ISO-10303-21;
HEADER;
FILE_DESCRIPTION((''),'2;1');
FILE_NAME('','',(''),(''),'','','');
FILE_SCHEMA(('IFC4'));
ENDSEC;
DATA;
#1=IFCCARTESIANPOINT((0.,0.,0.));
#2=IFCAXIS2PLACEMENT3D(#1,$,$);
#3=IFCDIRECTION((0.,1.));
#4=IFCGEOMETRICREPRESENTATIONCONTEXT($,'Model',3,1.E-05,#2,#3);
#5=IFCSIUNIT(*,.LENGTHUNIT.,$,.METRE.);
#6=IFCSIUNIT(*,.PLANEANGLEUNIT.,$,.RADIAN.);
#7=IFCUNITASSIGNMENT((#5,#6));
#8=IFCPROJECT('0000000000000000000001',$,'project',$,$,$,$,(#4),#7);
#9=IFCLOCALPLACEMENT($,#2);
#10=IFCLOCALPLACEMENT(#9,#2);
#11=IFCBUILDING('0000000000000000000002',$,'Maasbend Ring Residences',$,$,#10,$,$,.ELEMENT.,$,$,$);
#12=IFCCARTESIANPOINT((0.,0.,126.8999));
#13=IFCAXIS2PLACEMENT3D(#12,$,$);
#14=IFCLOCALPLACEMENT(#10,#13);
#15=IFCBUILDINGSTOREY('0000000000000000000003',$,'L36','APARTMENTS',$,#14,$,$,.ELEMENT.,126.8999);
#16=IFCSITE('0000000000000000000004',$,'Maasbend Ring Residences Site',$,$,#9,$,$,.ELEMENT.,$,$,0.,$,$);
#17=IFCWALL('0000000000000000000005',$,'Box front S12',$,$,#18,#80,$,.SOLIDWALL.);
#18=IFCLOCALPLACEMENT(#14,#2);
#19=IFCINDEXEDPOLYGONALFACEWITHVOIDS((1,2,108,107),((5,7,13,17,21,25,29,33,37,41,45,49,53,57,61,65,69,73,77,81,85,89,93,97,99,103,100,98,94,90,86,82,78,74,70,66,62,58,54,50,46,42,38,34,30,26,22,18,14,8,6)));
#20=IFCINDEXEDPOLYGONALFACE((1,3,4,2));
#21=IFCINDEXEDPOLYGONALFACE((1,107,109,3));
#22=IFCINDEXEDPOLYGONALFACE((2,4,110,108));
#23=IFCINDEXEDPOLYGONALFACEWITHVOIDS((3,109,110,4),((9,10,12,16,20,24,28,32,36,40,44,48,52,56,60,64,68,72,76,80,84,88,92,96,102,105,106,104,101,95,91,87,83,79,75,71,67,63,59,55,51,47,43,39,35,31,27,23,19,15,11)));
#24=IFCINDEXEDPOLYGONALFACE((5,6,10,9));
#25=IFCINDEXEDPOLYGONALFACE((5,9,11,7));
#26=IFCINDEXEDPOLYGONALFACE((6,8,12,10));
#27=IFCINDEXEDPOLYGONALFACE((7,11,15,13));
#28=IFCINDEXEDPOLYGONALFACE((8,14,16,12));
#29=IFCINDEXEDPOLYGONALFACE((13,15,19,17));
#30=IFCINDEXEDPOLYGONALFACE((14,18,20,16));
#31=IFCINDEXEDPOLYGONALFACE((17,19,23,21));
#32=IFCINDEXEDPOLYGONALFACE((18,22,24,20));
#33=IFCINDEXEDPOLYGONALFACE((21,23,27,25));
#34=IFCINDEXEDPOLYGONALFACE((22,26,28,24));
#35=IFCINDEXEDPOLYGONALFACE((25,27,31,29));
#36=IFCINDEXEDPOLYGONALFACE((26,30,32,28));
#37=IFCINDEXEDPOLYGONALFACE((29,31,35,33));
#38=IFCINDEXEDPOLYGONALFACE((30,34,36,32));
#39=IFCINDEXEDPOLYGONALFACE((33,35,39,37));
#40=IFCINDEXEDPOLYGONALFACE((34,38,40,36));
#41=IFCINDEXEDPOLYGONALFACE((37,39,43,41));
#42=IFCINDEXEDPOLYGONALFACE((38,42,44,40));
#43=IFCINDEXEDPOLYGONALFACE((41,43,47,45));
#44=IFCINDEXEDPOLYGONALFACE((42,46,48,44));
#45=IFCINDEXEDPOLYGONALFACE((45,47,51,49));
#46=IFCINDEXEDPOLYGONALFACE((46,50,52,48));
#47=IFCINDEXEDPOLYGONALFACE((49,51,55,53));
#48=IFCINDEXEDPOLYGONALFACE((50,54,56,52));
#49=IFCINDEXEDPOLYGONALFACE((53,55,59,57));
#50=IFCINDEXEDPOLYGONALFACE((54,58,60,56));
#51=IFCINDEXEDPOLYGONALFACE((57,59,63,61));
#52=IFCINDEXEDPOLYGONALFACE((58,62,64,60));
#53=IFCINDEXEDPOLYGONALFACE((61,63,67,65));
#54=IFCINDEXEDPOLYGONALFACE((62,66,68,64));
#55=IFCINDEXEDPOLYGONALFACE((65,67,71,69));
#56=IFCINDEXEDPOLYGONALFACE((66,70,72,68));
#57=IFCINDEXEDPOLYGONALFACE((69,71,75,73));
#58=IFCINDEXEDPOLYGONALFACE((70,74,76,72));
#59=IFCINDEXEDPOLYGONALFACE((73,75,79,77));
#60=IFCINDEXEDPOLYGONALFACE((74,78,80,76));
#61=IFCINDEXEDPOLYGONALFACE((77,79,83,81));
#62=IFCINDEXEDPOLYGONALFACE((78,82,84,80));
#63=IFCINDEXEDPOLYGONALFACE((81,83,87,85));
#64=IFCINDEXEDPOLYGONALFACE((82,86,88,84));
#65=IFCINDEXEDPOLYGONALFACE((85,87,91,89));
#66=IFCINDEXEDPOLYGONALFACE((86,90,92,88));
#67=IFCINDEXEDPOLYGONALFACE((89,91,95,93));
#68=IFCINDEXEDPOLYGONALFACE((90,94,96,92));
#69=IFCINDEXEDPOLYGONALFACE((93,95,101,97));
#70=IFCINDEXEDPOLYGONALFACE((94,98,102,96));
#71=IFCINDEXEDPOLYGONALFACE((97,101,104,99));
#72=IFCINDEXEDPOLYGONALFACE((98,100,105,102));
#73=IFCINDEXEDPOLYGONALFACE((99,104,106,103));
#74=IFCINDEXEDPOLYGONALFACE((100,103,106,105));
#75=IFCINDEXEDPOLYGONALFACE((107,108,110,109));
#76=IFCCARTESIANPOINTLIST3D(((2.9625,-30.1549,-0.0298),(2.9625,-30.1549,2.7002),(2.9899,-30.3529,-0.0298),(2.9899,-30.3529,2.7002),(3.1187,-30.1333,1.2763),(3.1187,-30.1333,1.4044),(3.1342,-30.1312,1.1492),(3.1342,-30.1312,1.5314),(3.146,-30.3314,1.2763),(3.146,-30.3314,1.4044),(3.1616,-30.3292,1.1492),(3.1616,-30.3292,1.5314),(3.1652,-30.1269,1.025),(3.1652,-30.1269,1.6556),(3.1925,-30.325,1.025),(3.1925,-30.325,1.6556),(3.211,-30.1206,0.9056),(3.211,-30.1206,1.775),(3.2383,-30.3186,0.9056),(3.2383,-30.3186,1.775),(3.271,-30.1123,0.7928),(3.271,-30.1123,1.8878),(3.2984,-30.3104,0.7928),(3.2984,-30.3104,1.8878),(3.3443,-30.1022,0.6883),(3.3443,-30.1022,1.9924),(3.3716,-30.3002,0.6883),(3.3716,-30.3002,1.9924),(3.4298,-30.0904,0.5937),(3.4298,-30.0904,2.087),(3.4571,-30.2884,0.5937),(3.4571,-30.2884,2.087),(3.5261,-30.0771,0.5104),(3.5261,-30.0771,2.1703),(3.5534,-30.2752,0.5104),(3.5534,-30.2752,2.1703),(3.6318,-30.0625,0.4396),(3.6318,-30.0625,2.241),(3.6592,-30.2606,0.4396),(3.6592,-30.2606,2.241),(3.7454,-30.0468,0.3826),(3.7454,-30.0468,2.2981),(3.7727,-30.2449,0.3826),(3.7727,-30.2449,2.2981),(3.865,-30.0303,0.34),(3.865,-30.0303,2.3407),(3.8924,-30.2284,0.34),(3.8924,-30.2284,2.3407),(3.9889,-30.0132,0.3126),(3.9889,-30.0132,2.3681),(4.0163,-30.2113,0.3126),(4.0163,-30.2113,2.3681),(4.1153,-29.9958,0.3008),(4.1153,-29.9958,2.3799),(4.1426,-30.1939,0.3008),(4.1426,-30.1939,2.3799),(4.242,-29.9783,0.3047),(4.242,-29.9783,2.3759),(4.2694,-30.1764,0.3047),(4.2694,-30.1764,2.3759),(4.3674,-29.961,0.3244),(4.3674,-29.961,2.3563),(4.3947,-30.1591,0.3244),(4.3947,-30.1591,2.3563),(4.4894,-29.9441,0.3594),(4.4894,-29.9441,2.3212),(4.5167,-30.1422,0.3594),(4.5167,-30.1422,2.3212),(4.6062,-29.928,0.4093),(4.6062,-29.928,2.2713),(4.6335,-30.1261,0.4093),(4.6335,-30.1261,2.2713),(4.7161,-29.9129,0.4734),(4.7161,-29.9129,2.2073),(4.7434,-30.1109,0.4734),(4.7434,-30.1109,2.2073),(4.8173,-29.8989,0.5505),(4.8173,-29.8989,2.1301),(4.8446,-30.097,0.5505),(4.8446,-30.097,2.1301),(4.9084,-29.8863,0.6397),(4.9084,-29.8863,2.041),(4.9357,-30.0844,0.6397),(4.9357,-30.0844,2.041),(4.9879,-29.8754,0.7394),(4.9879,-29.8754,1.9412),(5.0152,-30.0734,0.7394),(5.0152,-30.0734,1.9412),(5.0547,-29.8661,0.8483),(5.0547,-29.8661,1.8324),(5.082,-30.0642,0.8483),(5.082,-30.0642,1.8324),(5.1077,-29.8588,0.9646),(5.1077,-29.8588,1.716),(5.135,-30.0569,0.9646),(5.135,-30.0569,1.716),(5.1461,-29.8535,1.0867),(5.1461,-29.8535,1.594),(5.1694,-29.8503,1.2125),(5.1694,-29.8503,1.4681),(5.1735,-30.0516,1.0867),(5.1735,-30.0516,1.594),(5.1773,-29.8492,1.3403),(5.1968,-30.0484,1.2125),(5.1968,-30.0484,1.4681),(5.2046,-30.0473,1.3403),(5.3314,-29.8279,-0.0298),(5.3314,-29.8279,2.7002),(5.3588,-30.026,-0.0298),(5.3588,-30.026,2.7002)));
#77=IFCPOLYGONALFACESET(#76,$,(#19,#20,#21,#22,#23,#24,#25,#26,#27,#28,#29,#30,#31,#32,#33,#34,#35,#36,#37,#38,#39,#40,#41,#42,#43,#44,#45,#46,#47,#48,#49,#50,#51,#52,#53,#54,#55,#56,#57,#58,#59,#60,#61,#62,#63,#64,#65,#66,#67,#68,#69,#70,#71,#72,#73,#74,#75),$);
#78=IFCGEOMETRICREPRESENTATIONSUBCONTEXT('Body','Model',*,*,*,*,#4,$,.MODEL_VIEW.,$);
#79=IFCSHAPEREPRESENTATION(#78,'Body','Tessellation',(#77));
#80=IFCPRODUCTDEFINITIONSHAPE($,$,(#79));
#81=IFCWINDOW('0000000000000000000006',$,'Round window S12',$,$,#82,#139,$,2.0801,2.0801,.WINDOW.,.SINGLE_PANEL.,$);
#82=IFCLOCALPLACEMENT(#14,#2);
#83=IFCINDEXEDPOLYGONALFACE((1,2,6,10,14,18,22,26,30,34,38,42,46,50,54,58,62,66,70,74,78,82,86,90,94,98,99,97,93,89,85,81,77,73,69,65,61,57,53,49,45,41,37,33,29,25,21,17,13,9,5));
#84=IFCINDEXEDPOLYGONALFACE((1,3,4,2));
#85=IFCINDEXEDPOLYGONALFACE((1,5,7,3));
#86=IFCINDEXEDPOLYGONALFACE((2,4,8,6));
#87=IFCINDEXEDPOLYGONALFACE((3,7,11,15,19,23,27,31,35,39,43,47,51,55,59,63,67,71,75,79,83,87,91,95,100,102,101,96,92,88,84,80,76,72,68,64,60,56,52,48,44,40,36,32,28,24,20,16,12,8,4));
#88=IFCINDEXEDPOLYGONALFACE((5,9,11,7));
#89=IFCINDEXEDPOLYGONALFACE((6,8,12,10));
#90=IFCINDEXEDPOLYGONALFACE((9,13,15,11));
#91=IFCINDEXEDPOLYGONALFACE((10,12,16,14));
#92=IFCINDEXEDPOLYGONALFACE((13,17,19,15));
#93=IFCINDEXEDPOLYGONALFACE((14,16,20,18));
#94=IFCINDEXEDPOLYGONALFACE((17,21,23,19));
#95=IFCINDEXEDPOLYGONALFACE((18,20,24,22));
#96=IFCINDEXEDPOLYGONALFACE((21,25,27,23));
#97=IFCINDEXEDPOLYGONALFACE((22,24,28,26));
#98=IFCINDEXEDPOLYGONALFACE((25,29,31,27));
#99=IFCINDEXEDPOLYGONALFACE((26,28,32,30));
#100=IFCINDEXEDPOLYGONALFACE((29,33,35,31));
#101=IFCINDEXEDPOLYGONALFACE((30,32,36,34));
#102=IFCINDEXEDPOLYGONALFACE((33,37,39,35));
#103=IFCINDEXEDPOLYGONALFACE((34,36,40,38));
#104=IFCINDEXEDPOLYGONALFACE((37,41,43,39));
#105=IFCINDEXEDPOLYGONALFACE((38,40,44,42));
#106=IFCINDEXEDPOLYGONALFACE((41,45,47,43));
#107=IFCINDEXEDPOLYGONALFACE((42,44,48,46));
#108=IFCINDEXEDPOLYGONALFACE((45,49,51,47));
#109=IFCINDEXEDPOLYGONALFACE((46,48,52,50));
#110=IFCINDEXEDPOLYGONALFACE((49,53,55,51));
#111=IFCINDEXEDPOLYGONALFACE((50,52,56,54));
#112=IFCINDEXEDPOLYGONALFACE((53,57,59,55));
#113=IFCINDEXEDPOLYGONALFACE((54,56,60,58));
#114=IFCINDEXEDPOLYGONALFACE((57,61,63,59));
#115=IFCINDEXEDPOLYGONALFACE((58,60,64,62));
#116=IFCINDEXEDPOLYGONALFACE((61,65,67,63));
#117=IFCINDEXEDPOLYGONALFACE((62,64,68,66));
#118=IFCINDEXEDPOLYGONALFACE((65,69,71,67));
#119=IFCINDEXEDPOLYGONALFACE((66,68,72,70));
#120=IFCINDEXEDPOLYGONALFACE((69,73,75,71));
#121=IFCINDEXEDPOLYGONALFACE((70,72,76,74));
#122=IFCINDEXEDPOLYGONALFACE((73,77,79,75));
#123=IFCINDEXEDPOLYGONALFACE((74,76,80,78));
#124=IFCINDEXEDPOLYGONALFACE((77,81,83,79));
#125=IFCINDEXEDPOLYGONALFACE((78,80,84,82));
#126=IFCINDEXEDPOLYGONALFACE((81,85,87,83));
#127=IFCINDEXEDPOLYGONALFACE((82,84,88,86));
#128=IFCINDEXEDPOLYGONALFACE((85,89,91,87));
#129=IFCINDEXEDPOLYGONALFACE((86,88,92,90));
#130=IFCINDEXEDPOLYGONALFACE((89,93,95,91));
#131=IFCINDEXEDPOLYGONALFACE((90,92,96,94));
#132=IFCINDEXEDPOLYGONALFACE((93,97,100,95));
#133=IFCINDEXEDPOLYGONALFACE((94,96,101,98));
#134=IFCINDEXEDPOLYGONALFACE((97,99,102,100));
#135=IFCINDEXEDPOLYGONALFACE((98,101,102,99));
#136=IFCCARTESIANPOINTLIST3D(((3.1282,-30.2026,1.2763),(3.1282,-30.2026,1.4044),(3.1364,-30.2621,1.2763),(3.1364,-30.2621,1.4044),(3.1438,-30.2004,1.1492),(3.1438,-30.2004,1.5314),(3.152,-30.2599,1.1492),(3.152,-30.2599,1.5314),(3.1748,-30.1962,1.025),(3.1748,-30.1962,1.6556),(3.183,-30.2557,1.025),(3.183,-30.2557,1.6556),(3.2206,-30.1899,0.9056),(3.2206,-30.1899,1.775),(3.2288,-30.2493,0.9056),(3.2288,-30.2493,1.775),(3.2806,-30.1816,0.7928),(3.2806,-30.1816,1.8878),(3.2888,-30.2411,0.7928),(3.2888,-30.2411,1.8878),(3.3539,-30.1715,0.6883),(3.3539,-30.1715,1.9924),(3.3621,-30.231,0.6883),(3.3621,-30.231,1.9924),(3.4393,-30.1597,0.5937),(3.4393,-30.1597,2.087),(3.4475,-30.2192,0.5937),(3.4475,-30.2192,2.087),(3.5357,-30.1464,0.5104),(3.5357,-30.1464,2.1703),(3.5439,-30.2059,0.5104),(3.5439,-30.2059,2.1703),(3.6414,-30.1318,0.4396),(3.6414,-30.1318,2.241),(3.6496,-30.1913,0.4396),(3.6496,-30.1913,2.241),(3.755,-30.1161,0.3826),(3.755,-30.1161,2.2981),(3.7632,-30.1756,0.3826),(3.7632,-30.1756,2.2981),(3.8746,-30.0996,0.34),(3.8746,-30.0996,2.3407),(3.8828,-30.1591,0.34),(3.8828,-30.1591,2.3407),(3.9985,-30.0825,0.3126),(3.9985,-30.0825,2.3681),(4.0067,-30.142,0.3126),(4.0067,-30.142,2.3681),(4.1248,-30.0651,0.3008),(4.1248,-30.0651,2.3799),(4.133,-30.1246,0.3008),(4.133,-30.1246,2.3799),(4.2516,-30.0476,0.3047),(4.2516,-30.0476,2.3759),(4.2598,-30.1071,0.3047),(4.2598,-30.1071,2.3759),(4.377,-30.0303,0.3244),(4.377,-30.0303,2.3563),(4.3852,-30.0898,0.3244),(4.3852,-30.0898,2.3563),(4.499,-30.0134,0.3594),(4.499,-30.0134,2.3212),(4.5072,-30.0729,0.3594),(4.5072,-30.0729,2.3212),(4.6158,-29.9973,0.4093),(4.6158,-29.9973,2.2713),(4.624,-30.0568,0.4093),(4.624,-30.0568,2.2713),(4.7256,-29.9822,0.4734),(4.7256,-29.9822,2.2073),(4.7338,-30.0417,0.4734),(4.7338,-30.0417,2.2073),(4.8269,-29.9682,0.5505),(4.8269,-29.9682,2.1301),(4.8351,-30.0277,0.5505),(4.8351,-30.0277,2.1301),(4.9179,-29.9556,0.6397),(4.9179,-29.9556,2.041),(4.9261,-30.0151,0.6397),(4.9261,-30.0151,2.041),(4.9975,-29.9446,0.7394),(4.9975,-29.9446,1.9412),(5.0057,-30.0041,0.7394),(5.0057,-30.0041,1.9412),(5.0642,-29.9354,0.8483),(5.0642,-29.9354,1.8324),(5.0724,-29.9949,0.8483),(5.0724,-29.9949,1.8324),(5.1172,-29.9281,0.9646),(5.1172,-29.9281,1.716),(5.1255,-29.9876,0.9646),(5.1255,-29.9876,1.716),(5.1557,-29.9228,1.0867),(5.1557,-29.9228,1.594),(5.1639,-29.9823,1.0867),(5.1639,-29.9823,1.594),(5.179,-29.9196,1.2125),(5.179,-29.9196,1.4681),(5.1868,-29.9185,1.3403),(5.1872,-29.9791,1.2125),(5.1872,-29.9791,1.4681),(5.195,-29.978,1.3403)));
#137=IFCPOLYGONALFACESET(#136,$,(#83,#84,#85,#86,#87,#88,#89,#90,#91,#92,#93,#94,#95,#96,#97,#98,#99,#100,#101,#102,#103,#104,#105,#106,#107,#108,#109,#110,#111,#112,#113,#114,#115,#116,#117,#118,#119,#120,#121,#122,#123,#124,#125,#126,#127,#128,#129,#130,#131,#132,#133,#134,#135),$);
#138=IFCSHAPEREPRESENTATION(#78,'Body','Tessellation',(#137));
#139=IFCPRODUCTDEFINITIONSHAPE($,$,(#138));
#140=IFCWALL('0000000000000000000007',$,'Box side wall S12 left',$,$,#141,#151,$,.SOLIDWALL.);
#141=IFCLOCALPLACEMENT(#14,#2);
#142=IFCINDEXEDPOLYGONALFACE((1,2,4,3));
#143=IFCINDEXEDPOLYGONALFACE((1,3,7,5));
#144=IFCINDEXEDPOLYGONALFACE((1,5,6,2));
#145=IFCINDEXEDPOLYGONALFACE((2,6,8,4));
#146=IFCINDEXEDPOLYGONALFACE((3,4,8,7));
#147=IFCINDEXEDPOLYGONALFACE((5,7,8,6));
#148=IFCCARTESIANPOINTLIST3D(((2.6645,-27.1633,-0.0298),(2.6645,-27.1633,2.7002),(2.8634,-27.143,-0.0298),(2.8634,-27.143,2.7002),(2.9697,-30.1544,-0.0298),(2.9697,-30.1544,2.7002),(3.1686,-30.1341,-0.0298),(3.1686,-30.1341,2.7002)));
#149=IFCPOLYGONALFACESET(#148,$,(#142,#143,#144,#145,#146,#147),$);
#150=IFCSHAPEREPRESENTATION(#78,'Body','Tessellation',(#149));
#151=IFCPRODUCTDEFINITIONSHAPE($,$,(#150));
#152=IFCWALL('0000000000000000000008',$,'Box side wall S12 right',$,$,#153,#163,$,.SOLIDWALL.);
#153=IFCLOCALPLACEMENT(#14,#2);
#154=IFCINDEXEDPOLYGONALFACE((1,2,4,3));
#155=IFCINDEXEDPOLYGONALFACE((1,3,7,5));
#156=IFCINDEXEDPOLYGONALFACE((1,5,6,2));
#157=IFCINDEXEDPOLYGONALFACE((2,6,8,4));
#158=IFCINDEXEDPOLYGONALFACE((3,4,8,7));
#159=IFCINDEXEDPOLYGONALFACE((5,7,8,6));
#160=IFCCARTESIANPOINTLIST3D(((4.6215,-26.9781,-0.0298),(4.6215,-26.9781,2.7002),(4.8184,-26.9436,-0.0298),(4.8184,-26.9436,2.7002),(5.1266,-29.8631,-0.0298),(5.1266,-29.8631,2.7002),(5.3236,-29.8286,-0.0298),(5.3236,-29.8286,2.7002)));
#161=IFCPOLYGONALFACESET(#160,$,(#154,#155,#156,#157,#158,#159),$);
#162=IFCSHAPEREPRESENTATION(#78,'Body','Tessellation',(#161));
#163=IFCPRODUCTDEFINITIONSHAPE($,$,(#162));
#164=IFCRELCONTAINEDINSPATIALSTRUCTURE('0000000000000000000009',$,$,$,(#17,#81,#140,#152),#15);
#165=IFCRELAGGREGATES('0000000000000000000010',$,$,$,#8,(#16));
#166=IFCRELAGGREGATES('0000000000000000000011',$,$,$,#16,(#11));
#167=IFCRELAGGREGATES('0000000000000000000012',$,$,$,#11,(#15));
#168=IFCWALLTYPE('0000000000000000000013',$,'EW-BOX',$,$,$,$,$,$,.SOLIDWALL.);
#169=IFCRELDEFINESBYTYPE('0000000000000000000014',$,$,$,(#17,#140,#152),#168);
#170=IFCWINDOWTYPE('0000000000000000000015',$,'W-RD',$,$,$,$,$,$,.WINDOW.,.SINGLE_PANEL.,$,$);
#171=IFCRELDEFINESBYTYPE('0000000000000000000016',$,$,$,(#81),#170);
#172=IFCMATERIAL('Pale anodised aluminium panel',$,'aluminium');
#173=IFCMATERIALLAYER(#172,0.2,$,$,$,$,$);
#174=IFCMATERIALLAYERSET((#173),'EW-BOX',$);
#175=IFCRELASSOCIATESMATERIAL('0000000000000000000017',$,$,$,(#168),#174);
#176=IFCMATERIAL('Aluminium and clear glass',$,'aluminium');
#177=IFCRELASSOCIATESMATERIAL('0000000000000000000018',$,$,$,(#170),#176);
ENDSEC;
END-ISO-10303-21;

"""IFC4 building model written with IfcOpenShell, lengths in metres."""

from ifc_helpers import new_model, si_unit, direction, frame, frame_2d, origin, place, context, subcontext, project, spatial, rectangle, circle, extrude, material, layer, layer_set, type_object, element, fill, save


model = new_model("IFC4")

# Units and contexts
model_context = context("Model", 3, precision=1e-05, world=origin(), true_north=direction((0.0, 1.0)))
body_context = subcontext(model_context, "Body", "Model", "MODEL_VIEW")
ifc_project = project(units=[si_unit("LENGTHUNIT", "METRE"), si_unit("PLANEANGLEUNIT", "RADIAN")], contexts=[model_context])

# Site, building, storey
site_placement = place(None, origin())
site = spatial("IfcSite", under=ifc_project, at=site_placement, Name="Maasbend Ring Residences Site", CompositionType="ELEMENT", RefElevation=0.0)
building_placement = place(site_placement, origin())
building = spatial("IfcBuilding", under=site, at=building_placement, Name="Maasbend Ring Residences", CompositionType="ELEMENT")
storey_placement = place(building_placement, frame((0.0, 0.0, 126.8999)))
storey = spatial("IfcBuildingStorey", under=building, at=storey_placement, Name="L36", Description="APARTMENTS", CompositionType="ELEMENT", Elevation=126.8999)

# Wall, opening, window
ifc_material_1 = material(Name="Pale anodised aluminium panel", Category="aluminium")
ifc_layer_1 = layer(ifc_material_1, 0.2)
ifc_layer_set_1 = layer_set([ifc_layer_1], Name="EW-BOX")
wall_type_1 = type_object("IfcWallType", Name="EW-BOX", PredefinedType="SOLIDWALL", material=ifc_layer_set_1)
wall_1_placement = place(storey_placement, frame((2.9761, -30.2539, -0.0298), z_axis=(0.0, 0.0, 1.0), x_axis=(0.990612, 0.136703, 0.0)))
wall_1 = element("IfcWall", 1, at=wall_1_placement, inside=storey, type_object=wall_type_1, Name="Box front S12", PredefinedType="SOLIDWALL", context=body_context, shape_type="SweptSolid", body=[
    extrude(rectangle(XDim=2.3914, YDim=0.2, at=frame_2d((1.1958, 0.0))), origin(), (0.0, 0.0, 1.0), 2.73),
])
opening_1_placement = place(wall_1_placement, frame((0.1558, 0.0, 0.3301)))
opening_1 = element("IfcOpeningElement", 2, at=opening_1_placement, cuts=wall_1, PredefinedType="OPENING", context=body_context, shape_type="SweptSolid", body=[
    extrude(circle(Radius=1.04, at=frame_2d((1.04, 1.04))), frame((0.0, 0.1099, 0.0), z_axis=(0.0, -1.0, 0.0), x_axis=(1.0, 0.0, 0.0)), (0.0, 0.0, 1.0), 0.22),
])
ifc_material_2 = material(Name="Aluminium and clear glass", Category="aluminium")
window_type_1 = type_object("IfcWindowType", Name="W-RD", PartitioningType="SINGLE_PANEL", PredefinedType="WINDOW", material=ifc_material_2)
window_1_placement = place(opening_1_placement, origin())
window_1 = element("IfcWindow", 3, at=window_1_placement, inside=storey, type_object=window_type_1, Name="Round window S12", OverallHeight=2.0801, OverallWidth=2.0801, PartitioningType="SINGLE_PANEL", PredefinedType="WINDOW", context=body_context, shape_type="SweptSolid", body=[
    extrude(circle(Radius=1.04, at=frame_2d((1.04, 1.04))), frame((0.0, 0.03, 0.0), z_axis=(0.0, -1.0, 0.0), x_axis=(1.0, 0.0, 0.0)), (0.0, 0.0, 1.0), 0.0601),
])
fill(opening_1, window_1)

# Walls
wall_2_placement = place(storey_placement, frame((2.7639, -27.1531, -0.0298), z_axis=(0.0, 0.0, 1.0), x_axis=(0.101505, -0.994835, 0.0)))
element("IfcWall", 4, at=wall_2_placement, inside=storey, type_object=wall_type_1, Name="Box side wall S12 left", PredefinedType="SOLIDWALL", context=body_context, shape_type="SweptSolid", body=[
    extrude(rectangle(XDim=3.0066, YDim=0.2, at=frame_2d((1.5034, 0.0))), origin(), (0.0, 0.0, 1.0), 2.73),
])
wall_3_placement = place(storey_placement, frame((4.72, -26.9609, -0.0298), z_axis=(0.0, 0.0, 1.0), x_axis=(0.172463, -0.985016, 0.0)))
element("IfcWall", 5, at=wall_3_placement, inside=storey, type_object=wall_type_1, Name="Box side wall S12 right", PredefinedType="SOLIDWALL", context=body_context, shape_type="SweptSolid", body=[
    extrude(rectangle(XDim=2.929, YDim=0.2, at=frame_2d((1.4644, 0.0))), origin(), (0.0, 0.0, 1.0), 2.73),
])

save(model, "model.ifc")
